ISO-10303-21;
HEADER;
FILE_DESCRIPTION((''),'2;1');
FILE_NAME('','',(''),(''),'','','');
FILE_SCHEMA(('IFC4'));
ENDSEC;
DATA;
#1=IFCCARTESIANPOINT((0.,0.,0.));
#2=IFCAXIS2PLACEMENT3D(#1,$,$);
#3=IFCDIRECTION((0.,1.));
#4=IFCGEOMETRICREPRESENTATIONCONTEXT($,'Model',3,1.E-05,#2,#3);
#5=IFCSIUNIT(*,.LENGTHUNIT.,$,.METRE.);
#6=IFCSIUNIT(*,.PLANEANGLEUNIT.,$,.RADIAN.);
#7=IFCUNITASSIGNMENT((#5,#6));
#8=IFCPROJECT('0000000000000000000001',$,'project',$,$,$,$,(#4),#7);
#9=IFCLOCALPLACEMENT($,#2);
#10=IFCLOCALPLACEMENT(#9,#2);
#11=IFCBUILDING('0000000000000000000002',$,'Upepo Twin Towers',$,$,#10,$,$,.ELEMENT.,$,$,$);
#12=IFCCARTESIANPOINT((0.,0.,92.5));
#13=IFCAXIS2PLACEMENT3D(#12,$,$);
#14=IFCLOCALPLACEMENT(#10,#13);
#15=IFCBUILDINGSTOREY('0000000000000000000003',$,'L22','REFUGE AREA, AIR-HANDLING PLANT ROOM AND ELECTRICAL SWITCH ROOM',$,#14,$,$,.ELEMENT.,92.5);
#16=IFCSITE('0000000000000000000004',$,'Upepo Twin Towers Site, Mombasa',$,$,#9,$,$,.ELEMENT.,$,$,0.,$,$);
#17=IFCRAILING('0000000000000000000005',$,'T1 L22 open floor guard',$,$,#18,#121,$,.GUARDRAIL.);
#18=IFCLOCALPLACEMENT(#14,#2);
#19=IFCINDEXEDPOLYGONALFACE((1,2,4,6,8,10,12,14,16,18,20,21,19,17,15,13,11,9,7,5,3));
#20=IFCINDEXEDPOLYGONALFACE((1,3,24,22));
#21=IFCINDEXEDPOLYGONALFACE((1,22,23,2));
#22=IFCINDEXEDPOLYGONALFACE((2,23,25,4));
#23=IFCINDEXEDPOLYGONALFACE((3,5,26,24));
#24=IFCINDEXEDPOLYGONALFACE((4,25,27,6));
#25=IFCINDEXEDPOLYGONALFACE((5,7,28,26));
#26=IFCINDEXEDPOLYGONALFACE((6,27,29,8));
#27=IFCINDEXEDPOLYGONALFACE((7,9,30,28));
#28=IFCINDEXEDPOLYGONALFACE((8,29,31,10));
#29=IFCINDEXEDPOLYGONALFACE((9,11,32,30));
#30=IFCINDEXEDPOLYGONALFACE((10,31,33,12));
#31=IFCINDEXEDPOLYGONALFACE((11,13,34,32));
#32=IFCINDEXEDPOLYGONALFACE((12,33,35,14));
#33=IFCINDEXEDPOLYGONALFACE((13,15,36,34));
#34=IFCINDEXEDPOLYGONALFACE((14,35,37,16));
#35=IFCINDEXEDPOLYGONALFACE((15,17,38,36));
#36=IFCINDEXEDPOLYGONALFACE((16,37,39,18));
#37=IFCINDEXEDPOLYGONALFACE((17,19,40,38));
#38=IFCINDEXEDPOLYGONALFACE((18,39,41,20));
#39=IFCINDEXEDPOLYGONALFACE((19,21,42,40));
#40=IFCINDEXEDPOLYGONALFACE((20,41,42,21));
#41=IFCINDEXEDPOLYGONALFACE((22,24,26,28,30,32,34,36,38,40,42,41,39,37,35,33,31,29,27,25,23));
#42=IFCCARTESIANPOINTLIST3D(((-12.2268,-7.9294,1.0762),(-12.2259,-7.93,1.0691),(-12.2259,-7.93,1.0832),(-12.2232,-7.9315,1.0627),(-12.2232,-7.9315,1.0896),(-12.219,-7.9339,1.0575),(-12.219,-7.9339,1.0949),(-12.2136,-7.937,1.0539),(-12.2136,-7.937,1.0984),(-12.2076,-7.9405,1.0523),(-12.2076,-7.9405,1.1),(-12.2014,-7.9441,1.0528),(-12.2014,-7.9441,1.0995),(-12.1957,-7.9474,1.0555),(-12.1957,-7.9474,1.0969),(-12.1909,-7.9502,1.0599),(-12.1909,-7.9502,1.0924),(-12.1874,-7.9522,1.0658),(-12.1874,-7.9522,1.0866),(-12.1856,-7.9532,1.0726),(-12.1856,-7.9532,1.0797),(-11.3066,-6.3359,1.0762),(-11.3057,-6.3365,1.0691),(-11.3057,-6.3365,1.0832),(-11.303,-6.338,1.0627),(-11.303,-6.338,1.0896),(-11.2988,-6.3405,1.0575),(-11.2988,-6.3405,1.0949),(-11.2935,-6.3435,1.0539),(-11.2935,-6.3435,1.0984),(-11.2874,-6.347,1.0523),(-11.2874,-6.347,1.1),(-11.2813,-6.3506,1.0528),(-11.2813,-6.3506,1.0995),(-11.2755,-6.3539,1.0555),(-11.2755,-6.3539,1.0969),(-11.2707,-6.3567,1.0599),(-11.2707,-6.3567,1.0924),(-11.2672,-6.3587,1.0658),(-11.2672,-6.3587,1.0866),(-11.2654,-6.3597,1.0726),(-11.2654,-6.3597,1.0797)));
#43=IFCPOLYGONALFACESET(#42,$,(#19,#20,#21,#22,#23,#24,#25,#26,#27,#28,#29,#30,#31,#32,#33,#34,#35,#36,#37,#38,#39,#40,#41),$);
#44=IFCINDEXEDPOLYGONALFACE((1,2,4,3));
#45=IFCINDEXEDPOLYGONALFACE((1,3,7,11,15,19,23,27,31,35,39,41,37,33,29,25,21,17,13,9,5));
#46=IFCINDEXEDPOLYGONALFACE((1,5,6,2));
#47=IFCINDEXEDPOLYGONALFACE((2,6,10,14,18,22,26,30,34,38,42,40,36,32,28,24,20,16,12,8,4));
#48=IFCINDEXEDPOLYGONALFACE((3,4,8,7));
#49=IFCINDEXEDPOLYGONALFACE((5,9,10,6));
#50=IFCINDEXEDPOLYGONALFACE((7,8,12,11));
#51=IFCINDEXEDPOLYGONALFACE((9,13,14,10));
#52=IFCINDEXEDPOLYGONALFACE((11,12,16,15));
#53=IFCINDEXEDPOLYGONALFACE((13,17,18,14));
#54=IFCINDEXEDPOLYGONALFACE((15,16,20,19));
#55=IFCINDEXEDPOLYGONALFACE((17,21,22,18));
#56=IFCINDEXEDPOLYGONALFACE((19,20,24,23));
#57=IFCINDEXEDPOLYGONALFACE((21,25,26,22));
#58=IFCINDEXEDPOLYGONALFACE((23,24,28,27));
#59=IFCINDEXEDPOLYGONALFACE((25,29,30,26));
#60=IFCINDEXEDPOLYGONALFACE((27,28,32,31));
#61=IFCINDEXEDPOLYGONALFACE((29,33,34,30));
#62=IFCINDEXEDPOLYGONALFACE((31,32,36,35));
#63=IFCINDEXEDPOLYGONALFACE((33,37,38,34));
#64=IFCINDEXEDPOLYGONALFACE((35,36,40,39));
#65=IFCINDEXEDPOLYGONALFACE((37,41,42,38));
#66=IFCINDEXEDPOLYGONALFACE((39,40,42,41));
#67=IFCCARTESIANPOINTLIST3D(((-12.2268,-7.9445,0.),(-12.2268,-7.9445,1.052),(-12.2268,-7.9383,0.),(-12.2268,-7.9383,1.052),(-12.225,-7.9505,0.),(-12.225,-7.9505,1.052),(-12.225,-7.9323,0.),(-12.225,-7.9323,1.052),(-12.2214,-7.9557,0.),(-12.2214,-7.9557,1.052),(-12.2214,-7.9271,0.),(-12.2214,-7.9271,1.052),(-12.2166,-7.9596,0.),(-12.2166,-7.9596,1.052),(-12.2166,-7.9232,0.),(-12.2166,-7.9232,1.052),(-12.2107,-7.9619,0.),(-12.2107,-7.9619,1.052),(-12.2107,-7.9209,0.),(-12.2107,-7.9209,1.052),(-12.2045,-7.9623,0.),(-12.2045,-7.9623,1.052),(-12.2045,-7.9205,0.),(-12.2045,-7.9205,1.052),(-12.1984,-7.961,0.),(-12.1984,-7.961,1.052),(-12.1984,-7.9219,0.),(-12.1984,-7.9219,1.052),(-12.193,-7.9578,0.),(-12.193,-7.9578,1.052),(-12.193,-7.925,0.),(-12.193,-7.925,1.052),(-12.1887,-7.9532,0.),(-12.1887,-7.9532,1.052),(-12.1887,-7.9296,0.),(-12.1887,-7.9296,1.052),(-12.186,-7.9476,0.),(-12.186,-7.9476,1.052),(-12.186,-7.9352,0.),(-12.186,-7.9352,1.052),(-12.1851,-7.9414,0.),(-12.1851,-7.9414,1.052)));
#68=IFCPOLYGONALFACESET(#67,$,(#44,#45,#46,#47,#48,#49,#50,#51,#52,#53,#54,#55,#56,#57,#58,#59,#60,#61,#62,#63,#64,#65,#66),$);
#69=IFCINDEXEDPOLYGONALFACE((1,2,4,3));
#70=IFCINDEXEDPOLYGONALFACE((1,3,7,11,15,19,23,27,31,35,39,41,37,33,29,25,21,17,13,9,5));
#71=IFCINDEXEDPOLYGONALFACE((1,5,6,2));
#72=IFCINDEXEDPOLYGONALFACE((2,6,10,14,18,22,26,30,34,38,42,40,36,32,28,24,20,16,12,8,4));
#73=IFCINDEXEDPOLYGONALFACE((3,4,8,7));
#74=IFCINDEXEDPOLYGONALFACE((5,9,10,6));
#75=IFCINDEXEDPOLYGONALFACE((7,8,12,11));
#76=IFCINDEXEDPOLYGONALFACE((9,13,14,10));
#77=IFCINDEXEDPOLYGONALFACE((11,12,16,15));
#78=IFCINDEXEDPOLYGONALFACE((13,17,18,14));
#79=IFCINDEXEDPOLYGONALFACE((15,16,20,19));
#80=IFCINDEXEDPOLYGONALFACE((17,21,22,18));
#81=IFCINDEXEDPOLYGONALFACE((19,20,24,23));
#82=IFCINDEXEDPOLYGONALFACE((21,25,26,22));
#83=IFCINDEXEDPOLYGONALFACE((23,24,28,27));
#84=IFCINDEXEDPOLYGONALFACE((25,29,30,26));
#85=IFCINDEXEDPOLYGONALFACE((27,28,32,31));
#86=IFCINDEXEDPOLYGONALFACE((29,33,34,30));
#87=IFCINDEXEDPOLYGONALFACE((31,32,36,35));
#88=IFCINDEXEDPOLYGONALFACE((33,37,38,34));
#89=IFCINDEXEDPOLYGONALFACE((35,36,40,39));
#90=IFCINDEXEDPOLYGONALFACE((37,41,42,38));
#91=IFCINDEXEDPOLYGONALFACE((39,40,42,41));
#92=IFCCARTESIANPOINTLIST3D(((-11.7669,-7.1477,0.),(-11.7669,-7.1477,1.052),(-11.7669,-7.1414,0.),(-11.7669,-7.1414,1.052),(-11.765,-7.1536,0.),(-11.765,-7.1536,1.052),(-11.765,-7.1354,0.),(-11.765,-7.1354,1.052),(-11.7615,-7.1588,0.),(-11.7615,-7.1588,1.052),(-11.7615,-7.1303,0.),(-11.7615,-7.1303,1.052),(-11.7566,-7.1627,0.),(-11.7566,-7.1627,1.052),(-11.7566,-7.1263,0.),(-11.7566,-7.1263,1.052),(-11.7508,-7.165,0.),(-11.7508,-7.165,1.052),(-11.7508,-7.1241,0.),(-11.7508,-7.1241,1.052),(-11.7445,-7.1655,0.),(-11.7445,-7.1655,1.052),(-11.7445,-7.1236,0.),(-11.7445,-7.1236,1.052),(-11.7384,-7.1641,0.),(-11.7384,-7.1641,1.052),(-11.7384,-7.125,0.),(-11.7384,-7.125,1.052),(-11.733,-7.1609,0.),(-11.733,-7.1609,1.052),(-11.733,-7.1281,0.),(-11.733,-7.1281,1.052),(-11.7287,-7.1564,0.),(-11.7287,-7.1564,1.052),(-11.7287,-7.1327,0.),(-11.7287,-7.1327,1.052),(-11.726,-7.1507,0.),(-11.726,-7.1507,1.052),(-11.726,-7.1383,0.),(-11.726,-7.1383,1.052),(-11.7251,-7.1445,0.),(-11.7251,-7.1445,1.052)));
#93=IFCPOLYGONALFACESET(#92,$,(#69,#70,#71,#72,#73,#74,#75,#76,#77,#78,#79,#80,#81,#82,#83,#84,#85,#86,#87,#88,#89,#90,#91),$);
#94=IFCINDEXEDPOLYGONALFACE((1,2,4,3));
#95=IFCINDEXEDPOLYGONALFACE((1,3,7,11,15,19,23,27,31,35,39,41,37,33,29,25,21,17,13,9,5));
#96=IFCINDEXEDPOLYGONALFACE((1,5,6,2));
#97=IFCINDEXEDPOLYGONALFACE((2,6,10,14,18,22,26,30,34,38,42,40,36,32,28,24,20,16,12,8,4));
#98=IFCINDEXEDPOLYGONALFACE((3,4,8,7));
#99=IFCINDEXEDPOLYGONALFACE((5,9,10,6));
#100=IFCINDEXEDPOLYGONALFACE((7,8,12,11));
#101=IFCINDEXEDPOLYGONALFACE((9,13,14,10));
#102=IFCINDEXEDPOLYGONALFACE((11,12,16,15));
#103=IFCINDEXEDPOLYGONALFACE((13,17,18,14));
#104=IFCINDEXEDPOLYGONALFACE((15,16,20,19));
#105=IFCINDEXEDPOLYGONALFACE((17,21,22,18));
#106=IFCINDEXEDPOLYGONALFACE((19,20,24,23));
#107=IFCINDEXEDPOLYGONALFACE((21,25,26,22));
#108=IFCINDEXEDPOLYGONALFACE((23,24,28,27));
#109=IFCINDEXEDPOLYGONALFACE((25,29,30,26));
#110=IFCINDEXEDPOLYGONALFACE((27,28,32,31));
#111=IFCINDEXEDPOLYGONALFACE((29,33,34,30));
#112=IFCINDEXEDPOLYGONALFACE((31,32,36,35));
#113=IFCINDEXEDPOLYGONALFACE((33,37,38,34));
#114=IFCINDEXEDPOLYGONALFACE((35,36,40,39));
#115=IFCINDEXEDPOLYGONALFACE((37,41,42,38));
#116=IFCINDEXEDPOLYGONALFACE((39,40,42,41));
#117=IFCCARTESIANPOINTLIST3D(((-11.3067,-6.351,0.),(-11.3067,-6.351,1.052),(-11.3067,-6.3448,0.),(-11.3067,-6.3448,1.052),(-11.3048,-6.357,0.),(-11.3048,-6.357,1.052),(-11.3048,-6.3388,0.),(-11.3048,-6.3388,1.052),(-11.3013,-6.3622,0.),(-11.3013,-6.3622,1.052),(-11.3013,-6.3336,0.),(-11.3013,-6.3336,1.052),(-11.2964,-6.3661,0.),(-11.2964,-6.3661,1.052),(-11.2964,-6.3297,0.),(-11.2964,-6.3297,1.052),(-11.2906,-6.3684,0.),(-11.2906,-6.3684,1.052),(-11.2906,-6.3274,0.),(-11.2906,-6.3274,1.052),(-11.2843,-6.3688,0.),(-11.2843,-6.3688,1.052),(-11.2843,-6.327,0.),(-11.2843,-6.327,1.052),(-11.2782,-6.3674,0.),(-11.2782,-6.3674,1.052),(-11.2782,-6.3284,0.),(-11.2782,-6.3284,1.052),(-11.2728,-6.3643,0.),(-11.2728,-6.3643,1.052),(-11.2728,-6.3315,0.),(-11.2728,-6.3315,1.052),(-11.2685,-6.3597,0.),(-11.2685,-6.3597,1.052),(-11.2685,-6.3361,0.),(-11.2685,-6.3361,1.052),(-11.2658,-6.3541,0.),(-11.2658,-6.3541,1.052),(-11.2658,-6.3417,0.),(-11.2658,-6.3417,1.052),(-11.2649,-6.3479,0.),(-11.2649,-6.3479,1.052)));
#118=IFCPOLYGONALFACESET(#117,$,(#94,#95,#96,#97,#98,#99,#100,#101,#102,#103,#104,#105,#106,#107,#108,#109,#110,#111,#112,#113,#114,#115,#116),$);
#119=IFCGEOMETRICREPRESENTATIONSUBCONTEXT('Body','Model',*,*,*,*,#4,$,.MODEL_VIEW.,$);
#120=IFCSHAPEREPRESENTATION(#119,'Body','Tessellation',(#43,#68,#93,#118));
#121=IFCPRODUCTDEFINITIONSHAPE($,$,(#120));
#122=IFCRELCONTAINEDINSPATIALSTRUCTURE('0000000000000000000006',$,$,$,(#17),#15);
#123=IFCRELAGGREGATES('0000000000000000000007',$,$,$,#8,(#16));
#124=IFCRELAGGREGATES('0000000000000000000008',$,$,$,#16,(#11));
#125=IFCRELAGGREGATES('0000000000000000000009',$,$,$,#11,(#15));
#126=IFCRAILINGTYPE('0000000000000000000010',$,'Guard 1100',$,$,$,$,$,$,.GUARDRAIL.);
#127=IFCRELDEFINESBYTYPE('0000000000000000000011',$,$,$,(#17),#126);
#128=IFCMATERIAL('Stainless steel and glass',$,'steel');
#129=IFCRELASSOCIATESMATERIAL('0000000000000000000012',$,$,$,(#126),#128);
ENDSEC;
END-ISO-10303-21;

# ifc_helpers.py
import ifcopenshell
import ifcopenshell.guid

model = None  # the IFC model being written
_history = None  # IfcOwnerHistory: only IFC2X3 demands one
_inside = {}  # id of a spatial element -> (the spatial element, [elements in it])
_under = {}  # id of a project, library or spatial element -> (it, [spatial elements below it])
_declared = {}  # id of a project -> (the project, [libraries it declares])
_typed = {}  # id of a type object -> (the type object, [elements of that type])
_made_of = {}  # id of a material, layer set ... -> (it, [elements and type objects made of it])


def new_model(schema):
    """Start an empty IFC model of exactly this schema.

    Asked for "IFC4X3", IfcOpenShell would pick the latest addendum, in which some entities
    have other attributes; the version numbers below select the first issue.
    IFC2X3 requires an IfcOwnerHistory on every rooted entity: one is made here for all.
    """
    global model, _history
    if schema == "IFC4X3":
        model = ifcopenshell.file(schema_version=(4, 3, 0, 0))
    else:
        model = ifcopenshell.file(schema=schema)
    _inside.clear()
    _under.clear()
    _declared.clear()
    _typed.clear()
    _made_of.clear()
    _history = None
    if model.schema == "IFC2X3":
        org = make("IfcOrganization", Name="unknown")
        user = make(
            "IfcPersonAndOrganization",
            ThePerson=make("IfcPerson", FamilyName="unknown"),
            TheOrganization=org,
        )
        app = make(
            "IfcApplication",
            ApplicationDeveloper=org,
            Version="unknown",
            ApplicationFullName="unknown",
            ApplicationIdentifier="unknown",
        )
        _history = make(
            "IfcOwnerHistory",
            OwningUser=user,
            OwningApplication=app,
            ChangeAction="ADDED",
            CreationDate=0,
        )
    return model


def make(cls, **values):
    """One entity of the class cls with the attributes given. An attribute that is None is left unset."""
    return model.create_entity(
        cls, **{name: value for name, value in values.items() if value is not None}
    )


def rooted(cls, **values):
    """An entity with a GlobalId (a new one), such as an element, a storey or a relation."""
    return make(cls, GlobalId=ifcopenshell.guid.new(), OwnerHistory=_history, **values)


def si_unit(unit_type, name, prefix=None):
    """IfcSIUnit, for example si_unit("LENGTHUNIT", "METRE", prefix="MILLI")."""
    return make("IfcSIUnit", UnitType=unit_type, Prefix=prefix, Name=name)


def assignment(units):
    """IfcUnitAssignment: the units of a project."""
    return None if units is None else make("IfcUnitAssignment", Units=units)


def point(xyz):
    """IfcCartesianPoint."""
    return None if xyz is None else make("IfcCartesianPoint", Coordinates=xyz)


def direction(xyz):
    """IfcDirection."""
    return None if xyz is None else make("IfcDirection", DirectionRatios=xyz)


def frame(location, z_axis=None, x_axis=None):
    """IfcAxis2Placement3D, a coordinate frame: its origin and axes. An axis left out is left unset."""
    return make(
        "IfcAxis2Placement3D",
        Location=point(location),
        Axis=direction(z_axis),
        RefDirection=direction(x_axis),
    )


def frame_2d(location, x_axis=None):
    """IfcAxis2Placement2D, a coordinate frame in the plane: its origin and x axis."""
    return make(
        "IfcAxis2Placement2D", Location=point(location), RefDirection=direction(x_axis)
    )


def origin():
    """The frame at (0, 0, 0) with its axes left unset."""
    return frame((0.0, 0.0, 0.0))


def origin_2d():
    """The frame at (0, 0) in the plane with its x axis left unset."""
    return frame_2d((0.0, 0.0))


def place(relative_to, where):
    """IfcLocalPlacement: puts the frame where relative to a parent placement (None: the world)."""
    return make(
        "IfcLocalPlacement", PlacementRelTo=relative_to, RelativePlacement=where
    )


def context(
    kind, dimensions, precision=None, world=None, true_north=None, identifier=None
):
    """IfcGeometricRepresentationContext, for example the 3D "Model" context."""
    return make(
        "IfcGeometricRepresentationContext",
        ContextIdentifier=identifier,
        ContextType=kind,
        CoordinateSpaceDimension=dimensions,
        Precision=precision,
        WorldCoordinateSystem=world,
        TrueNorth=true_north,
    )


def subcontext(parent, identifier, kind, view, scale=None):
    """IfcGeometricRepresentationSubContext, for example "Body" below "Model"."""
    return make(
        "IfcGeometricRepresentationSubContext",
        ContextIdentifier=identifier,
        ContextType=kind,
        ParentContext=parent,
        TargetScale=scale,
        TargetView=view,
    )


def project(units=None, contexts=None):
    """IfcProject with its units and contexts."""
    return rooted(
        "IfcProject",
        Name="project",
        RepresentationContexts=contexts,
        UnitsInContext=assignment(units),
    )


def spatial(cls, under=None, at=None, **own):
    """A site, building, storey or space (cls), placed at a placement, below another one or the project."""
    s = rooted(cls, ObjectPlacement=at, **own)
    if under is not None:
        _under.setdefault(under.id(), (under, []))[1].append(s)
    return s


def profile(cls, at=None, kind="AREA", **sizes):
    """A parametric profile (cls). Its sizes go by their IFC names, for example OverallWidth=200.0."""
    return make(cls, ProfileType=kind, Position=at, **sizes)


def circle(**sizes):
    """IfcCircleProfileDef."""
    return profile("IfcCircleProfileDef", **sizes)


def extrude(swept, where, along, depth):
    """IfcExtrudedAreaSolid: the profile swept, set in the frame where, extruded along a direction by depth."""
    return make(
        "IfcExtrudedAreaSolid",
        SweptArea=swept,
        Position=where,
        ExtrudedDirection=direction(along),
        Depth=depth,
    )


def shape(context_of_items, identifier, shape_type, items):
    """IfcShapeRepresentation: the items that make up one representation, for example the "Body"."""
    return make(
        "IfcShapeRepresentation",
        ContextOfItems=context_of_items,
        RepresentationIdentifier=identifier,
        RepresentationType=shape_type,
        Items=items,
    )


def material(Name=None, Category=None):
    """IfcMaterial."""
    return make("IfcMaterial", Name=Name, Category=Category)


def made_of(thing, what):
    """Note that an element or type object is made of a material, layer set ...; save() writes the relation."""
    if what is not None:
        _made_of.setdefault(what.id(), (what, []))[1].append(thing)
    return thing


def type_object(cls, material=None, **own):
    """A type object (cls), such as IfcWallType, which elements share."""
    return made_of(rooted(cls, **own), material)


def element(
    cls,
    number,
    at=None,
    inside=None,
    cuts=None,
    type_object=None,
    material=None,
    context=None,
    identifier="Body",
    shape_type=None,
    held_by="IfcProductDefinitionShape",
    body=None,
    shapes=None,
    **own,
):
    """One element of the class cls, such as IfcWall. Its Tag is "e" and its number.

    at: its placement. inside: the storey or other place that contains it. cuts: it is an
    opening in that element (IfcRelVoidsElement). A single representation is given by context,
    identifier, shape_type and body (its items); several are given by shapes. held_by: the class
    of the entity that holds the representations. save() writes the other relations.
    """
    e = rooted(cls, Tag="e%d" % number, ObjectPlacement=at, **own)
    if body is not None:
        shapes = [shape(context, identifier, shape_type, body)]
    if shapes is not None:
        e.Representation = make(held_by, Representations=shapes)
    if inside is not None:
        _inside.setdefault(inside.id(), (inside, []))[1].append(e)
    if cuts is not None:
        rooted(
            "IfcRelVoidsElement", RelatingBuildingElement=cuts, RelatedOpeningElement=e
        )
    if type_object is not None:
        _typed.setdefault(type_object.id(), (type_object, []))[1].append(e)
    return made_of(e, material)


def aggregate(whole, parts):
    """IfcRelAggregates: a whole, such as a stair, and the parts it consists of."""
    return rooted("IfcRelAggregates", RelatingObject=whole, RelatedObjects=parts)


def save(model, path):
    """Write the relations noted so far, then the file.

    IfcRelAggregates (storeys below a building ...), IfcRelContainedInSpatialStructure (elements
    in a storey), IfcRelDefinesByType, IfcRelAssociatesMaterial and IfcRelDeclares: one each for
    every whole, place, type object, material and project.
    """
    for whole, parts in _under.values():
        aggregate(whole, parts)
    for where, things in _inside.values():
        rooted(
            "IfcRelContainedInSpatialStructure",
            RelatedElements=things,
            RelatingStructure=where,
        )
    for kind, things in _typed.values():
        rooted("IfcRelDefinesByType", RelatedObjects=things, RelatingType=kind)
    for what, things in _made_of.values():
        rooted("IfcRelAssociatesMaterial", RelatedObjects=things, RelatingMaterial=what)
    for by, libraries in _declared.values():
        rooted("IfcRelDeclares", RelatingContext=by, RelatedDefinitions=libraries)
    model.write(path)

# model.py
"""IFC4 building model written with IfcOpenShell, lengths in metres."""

from ifc_helpers import new_model, si_unit, direction, frame, origin, origin_2d, place, context, subcontext, project, spatial, circle, extrude, material, type_object, element, save


model = new_model("IFC4")

# Units and contexts
model_context = context("Model", 3, precision=1e-05, world=origin(), true_north=direction((0.0, 1.0)))
body_context = subcontext(model_context, "Body", "Model", "MODEL_VIEW")
ifc_project = project(units=[si_unit("LENGTHUNIT", "METRE"), si_unit("PLANEANGLEUNIT", "RADIAN")], contexts=[model_context])

# Site, building, storey
site_placement = place(None, origin())
site = spatial("IfcSite", under=ifc_project, at=site_placement, Name="Upepo Twin Towers Site, Mombasa", CompositionType="ELEMENT", RefElevation=0.0)
building_placement = place(site_placement, origin())
building = spatial("IfcBuilding", under=site, at=building_placement, Name="Upepo Twin Towers", CompositionType="ELEMENT")
storey_placement = place(building_placement, frame((0.0, 0.0, 92.5)))
storey = spatial("IfcBuildingStorey", under=building, at=storey_placement, Name="L22", Description="REFUGE AREA, AIR-HANDLING PLANT ROOM AND ELECTRICAL SWITCH ROOM", CompositionType="ELEMENT", Elevation=92.5)

# Railing
ifc_material_1 = material(Name="Stainless steel and glass", Category="steel")
railing_type_1 = type_object("IfcRailingType", Name="Guard 1100", PredefinedType="GUARDRAIL", material=ifc_material_1)
railing_1_placement = place(storey_placement, frame((-12.2061, -7.9414, 0.0)))
element("IfcRailing", 1, at=railing_1_placement, inside=storey, type_object=railing_type_1, Name="T1 L22 open floor guard", PredefinedType="GUARDRAIL", context=body_context, shape_type="SweptSolid", body=[
    extrude(circle(Radius=0.0239, at=origin_2d()), frame((0.0, 0.0, 1.0762), z_axis=(0.500063, 0.865989, 0.0), x_axis=(-0.865989, 0.500063, 0.0)), (0.0, 0.0, 1.0), 1.8401),
    extrude(circle(Radius=0.021, at=origin_2d()), origin(), (0.0, 0.0, 1.0), 1.052),
    extrude(circle(Radius=0.021, at=origin_2d()), frame((0.46, 0.7969, 0.0)), (0.0, 0.0, 1.0), 1.052),
    extrude(circle(Radius=0.021, at=origin_2d()), frame((0.9202, 1.5935, 0.0)), (0.0, 0.0, 1.0), 1.052),
])

save(model, "model.ifc")
